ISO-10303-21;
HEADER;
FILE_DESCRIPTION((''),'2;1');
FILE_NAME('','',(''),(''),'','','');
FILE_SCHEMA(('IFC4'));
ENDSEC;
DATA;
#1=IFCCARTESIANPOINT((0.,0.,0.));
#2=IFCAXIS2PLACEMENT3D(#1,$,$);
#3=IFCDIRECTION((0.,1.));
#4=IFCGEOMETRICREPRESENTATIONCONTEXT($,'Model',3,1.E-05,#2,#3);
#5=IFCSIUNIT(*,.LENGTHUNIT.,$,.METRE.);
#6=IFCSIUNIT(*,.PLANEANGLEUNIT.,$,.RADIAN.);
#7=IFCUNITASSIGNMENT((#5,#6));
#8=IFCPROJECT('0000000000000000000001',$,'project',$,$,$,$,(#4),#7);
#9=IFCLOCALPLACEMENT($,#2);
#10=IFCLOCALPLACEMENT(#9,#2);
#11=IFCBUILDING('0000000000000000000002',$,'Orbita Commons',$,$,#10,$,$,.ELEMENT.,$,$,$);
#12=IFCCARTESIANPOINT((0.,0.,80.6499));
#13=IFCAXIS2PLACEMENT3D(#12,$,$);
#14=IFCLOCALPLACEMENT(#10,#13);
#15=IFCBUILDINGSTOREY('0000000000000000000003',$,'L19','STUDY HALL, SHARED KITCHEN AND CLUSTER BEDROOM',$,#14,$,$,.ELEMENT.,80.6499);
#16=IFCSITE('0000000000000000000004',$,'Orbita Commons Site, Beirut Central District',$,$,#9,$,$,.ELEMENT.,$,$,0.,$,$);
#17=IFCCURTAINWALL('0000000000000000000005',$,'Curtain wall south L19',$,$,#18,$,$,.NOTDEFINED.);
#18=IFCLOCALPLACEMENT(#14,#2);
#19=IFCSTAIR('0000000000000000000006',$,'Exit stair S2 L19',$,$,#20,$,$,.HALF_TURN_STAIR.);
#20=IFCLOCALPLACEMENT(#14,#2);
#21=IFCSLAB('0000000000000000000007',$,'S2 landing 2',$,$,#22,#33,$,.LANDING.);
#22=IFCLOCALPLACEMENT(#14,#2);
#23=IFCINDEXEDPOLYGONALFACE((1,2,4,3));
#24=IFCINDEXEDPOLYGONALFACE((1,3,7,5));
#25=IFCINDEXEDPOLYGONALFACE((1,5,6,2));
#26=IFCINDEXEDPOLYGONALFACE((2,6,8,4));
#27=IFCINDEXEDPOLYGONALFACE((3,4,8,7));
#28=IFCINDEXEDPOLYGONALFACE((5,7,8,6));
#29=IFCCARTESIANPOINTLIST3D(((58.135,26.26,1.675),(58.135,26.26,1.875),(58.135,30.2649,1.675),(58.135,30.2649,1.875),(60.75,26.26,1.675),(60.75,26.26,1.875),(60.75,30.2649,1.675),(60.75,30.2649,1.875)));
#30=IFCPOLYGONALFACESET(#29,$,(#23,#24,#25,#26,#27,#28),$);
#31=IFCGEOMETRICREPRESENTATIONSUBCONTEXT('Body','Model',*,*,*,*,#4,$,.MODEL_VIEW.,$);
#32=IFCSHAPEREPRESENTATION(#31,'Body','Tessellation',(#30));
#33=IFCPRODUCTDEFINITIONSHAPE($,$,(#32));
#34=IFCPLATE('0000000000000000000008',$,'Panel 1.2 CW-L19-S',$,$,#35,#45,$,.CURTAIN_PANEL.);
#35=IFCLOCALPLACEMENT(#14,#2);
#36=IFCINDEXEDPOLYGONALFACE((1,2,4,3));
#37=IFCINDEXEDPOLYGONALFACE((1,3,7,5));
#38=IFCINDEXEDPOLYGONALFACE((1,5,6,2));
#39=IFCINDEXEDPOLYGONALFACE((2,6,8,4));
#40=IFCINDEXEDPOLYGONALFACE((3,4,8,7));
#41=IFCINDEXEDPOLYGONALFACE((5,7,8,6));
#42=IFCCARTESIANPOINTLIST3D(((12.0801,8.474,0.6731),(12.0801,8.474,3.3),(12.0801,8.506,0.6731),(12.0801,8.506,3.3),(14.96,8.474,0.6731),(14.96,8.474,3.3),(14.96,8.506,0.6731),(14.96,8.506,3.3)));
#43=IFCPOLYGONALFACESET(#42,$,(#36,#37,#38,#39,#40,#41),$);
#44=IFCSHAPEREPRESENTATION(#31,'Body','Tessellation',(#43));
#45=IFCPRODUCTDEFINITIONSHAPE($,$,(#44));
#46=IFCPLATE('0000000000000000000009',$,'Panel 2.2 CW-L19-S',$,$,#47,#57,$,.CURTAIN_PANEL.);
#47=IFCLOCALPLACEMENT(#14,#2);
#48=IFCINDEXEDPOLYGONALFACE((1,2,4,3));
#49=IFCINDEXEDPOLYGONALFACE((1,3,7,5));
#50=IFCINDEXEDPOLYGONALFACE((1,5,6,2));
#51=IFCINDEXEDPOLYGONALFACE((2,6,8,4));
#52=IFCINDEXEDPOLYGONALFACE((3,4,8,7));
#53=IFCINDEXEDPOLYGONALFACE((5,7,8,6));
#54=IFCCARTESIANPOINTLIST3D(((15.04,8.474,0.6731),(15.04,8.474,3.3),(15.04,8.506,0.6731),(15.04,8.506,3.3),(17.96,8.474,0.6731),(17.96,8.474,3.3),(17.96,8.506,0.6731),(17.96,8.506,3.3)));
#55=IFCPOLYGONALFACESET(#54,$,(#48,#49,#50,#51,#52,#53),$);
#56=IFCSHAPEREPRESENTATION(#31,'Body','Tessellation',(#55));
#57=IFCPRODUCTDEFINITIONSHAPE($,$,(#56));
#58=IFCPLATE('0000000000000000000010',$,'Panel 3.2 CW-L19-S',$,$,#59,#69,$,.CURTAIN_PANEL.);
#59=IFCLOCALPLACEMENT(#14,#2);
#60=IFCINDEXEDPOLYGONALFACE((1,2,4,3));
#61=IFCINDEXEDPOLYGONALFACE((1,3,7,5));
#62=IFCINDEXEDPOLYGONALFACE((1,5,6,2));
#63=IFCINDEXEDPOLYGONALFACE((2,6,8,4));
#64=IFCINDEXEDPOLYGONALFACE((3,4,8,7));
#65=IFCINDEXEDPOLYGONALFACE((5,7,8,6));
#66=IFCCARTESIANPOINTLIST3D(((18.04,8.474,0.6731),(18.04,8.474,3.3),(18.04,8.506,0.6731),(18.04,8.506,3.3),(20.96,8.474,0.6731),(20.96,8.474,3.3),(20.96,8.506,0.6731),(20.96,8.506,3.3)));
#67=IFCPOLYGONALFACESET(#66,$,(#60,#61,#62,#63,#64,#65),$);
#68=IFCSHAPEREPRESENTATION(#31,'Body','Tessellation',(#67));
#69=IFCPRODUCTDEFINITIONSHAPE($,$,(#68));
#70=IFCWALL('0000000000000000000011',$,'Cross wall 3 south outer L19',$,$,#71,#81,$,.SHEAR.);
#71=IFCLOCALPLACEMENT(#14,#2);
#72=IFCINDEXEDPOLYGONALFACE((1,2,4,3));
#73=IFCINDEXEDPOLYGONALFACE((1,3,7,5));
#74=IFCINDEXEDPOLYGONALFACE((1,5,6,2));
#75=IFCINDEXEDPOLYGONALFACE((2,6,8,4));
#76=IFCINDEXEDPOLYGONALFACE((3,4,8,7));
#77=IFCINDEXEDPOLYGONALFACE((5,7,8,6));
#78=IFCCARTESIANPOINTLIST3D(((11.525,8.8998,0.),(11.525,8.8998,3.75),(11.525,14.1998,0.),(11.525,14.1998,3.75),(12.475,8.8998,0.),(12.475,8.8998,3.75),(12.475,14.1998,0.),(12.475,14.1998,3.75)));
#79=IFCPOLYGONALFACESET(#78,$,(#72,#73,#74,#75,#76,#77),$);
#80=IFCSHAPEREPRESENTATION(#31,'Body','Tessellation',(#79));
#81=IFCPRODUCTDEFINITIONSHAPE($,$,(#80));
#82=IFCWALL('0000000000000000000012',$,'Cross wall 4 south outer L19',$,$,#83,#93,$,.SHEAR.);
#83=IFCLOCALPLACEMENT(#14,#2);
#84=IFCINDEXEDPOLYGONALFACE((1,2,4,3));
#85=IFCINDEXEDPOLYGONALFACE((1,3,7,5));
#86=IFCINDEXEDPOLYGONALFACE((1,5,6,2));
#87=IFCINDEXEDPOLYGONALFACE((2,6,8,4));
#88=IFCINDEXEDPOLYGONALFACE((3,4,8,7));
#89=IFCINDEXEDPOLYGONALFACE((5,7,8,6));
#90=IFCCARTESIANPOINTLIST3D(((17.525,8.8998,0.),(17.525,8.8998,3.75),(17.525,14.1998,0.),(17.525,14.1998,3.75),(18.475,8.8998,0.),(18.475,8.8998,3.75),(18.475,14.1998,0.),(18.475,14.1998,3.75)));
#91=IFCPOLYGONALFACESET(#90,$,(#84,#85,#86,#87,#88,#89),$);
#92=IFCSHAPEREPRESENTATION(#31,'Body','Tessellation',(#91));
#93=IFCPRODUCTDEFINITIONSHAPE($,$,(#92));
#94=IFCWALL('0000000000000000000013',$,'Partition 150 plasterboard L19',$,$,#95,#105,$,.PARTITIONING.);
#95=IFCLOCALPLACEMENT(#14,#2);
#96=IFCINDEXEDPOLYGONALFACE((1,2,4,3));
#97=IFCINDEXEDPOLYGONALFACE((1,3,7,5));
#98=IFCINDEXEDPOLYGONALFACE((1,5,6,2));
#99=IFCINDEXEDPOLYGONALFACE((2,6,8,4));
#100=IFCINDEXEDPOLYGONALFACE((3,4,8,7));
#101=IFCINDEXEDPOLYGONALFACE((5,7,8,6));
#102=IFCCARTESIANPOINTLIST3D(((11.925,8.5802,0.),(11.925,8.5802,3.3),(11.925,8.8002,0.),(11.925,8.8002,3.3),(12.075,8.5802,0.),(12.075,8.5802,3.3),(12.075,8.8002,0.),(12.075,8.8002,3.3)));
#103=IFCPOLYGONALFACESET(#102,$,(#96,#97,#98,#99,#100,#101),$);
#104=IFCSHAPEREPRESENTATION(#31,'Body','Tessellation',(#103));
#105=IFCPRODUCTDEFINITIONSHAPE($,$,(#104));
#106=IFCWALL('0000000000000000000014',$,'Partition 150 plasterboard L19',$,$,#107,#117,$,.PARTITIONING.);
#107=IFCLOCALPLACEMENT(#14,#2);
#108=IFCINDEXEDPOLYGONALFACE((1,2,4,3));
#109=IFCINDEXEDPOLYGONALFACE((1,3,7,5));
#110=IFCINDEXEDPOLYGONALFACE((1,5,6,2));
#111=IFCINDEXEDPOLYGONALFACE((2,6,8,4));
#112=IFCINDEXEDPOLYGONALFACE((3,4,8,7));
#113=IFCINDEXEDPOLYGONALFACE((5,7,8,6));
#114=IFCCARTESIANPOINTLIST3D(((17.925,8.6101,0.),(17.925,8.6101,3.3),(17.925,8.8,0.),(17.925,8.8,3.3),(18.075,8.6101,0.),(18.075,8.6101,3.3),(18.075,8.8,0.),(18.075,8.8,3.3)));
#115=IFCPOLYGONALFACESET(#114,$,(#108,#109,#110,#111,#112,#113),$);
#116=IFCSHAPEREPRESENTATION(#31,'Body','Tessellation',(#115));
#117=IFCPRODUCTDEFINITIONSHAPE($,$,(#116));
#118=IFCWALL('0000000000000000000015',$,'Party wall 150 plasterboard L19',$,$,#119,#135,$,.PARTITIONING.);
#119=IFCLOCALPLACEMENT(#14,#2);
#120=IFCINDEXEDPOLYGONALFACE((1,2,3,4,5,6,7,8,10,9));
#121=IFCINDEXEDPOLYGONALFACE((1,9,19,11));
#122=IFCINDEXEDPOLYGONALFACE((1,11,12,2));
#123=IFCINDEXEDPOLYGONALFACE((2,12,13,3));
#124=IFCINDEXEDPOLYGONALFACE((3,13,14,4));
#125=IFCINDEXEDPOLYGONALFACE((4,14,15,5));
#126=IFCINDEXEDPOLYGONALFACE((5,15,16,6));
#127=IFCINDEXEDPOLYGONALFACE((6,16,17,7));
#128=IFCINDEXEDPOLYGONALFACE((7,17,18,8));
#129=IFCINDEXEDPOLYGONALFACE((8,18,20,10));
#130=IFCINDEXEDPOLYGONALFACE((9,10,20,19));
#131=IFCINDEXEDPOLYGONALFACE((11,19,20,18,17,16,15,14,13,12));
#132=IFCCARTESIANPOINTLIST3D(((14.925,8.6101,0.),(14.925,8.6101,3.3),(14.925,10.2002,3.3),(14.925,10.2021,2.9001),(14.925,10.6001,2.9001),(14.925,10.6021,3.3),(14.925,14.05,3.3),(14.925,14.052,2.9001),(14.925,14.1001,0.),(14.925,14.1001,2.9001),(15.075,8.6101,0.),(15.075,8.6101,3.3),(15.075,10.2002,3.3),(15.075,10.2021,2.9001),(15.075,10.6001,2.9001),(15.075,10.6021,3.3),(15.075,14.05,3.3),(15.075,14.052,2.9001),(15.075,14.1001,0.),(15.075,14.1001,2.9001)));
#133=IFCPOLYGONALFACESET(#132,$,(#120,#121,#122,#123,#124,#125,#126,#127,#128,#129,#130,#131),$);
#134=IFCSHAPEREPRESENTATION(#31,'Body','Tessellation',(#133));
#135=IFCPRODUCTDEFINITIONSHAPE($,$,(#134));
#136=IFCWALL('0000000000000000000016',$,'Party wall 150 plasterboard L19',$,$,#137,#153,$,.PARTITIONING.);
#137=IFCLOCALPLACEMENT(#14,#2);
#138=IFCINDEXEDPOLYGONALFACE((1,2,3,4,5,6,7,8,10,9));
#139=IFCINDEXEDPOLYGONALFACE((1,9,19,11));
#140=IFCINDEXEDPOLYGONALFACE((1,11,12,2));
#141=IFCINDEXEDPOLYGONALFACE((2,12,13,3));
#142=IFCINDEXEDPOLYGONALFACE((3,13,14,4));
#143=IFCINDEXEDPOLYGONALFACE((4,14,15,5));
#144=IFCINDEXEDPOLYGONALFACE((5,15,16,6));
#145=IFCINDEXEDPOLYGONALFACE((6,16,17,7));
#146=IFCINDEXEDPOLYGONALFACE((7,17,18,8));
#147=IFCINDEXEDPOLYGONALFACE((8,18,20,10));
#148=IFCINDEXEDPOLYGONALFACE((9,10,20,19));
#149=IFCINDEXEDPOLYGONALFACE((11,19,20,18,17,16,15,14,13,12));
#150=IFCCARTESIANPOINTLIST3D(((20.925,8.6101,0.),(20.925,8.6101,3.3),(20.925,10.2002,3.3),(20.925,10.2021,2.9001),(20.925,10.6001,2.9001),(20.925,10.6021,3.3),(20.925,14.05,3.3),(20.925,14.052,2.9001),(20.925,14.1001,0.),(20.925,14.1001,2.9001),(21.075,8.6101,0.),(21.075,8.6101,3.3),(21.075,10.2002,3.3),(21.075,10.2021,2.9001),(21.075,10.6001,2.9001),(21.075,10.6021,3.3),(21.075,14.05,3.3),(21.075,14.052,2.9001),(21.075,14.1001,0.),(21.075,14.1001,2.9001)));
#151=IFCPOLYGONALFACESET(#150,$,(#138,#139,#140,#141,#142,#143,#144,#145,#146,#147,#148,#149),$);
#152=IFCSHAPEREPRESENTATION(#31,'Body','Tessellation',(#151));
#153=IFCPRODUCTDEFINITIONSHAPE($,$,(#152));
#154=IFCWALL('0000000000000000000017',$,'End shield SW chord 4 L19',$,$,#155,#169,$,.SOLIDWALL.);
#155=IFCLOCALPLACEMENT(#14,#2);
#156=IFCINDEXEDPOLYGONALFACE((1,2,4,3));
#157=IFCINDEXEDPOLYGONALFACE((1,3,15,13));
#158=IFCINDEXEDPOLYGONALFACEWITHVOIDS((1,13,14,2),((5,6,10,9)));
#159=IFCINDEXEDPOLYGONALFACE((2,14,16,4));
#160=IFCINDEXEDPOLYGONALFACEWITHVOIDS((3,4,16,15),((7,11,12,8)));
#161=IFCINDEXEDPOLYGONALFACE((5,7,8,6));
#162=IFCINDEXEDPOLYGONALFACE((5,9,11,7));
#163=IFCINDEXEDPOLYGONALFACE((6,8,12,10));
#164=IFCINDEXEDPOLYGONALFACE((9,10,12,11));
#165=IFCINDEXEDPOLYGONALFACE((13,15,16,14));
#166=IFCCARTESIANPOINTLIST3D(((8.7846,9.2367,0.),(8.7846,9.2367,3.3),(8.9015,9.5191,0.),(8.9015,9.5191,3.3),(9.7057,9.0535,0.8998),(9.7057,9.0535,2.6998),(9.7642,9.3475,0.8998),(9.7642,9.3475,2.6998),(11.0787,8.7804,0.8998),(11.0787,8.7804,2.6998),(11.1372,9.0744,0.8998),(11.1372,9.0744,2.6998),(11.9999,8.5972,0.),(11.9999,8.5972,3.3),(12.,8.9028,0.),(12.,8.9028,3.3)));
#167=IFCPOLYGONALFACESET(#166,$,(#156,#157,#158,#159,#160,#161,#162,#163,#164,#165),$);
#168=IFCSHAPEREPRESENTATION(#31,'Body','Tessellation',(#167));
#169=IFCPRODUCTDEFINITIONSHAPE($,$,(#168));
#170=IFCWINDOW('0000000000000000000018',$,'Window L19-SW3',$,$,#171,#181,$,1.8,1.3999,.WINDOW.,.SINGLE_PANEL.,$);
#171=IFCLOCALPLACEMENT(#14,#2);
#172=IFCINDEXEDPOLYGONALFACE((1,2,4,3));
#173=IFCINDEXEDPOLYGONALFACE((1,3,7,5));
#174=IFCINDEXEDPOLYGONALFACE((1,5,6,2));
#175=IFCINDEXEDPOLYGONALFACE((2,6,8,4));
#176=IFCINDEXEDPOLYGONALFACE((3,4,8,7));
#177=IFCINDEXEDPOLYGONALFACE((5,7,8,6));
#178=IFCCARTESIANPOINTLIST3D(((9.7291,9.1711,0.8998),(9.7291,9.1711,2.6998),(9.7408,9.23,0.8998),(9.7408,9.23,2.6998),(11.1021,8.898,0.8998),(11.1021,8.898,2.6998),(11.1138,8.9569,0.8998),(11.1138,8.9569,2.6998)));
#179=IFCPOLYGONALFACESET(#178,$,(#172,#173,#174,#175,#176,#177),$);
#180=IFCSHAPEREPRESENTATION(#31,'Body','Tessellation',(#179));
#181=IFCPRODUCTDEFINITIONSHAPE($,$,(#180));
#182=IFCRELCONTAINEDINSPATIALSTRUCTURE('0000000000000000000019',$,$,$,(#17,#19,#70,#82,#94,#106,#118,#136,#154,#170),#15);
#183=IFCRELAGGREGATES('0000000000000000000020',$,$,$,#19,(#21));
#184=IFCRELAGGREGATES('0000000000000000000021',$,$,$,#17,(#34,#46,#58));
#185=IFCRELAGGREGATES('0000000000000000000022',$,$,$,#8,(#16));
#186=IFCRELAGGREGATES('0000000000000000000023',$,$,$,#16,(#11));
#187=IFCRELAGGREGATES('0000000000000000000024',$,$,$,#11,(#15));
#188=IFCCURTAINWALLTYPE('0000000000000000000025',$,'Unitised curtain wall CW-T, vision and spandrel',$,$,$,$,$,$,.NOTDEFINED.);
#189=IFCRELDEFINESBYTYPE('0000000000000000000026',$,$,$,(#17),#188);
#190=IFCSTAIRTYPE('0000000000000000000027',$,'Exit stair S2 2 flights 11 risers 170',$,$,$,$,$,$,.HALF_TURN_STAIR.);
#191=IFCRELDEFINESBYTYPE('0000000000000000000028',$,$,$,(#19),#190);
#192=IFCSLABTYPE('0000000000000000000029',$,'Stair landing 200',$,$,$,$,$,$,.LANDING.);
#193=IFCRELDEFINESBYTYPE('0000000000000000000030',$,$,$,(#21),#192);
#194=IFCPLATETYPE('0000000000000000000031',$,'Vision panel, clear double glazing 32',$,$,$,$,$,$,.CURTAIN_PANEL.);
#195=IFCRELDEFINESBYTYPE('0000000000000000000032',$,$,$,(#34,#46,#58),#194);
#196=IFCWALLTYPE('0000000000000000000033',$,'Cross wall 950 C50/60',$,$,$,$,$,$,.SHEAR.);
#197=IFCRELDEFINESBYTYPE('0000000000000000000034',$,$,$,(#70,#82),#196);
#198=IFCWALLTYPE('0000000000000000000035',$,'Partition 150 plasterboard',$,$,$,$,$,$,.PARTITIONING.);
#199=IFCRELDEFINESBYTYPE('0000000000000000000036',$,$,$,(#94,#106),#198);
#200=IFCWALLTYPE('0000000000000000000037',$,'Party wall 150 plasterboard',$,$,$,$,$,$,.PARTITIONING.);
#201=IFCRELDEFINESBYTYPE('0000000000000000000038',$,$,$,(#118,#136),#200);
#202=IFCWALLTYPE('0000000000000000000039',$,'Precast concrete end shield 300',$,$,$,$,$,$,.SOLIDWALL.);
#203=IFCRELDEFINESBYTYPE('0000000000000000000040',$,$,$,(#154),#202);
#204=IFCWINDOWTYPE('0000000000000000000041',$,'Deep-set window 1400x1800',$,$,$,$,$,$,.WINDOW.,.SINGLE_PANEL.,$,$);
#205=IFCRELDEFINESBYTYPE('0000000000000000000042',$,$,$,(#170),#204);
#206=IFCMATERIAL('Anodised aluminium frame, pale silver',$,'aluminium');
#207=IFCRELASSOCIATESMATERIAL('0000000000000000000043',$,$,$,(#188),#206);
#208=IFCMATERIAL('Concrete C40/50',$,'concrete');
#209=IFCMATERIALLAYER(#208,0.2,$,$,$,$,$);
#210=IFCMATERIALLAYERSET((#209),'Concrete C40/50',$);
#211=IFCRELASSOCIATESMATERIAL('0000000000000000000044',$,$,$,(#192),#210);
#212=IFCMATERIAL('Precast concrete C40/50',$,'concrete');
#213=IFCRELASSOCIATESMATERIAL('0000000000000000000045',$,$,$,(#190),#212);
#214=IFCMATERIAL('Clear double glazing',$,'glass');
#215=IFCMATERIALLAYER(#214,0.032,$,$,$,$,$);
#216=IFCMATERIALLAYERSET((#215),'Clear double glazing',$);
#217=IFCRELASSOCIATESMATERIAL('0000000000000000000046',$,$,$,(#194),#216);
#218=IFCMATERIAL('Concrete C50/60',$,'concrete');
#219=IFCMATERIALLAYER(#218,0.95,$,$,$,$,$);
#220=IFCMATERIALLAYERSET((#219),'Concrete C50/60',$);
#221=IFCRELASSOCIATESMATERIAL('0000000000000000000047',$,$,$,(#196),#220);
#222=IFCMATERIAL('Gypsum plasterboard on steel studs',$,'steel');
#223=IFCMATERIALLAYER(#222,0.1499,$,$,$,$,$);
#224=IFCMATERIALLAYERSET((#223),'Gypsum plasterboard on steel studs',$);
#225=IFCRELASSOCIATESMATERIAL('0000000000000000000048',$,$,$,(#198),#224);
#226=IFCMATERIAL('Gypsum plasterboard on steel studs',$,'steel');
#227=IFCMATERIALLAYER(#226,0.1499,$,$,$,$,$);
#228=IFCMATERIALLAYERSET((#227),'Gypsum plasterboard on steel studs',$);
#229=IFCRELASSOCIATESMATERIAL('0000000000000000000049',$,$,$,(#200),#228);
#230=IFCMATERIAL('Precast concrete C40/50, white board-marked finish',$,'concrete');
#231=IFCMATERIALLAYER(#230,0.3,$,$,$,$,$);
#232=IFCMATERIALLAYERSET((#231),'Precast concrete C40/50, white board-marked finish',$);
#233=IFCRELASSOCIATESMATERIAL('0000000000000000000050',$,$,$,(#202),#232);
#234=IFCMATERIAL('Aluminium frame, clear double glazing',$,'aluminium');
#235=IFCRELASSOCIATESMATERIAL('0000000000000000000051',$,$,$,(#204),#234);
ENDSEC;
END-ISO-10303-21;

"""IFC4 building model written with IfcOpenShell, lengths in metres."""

from ifc_helpers import new_model, si_unit, direction, frame, frame_2d, origin, origin_2d, place, context, subcontext, project, spatial, polyline, rectangle, outline, extrude, material, layer, layer_set, type_object, element, fill, aggregate, save


model = new_model("IFC4")

# Units and contexts
model_context = context("Model", 3, precision=1e-05, world=origin(), true_north=direction((0.0, 1.0)))
body_context = subcontext(model_context, "Body", "Model", "MODEL_VIEW")
ifc_project = project(units=[si_unit("LENGTHUNIT", "METRE"), si_unit("PLANEANGLEUNIT", "RADIAN")], contexts=[model_context])

# Site, building, storey
site_placement = place(None, origin())
site = spatial("IfcSite", under=ifc_project, at=site_placement, Name="Orbita Commons Site, Beirut Central District", CompositionType="ELEMENT", RefElevation=0.0)
building_placement = place(site_placement, origin())
building = spatial("IfcBuilding", under=site, at=building_placement, Name="Orbita Commons", CompositionType="ELEMENT")
storey_placement = place(building_placement, frame((0.0, 0.0, 80.6499)))
storey = spatial("IfcBuildingStorey", under=building, at=storey_placement, Name="L19", Description="STUDY HALL, SHARED KITCHEN AND CLUSTER BEDROOM", CompositionType="ELEMENT", Elevation=80.6499)

# Curtain wall
ifc_material_1 = material(Name="Anodised aluminium frame, pale silver", Category="aluminium")
curtain_wall_type = type_object("IfcCurtainWallType", Name="Unitised curtain wall CW-T, vision and spandrel", PredefinedType="NOTDEFINED", material=ifc_material_1)
curtain_wall_placement = place(storey_placement, origin())
curtain_wall = element("IfcCurtainWall", 1, at=curtain_wall_placement, inside=storey, type_object=curtain_wall_type, Name="Curtain wall south L19", PredefinedType="NOTDEFINED")

# Stair, slab
ifc_material_2 = material(Name="Concrete C40/50", Category="concrete")
ifc_layer_1 = layer(ifc_material_2, 0.2)
ifc_layer_set_1 = layer_set([ifc_layer_1], Name="Concrete C40/50")
slab_type_1 = type_object("IfcSlabType", Name="Stair landing 200", PredefinedType="LANDING", material=ifc_layer_set_1)
ifc_material_3 = material(Name="Precast concrete C40/50", Category="concrete")
stair_type_1 = type_object("IfcStairType", Name="Exit stair S2 2 flights 11 risers 170", PredefinedType="HALF_TURN_STAIR", material=ifc_material_3)
stair_1_placement = place(storey_placement, origin())
stair_1 = element("IfcStair", 2, at=stair_1_placement, inside=storey, type_object=stair_type_1, Name="Exit stair S2 L19", PredefinedType="HALF_TURN_STAIR")
slab_1_placement = place(storey_placement, frame((0.0, 0.0, 1.675)))
slab_1 = element("IfcSlab", 3, at=slab_1_placement, type_object=slab_type_1, Name="S2 landing 2", PredefinedType="LANDING", context=body_context, shape_type="SweptSolid", body=[
    extrude(outline(polyline([(58.135, 26.26), (60.75, 26.26), (60.75, 30.2649), (58.135, 30.2649), (58.135, 26.26)])), origin(), (0.0, 0.0, 1.0), 0.2),
])
aggregate(stair_1, [slab_1])

# Plates
ifc_material_4 = material(Name="Clear double glazing", Category="glass")
ifc_layer_2 = layer(ifc_material_4, 0.032)
ifc_layer_set_2 = layer_set([ifc_layer_2], Name="Clear double glazing")
plate_type_1 = type_object("IfcPlateType", Name="Vision panel, clear double glazing 32", PredefinedType="CURTAIN_PANEL", material=ifc_layer_set_2)
plate_1_placement = place(storey_placement, frame((13.52, 8.49, 0.6731), z_axis=(0.0, 0.0, 1.0), x_axis=(1.0, 0.0, 0.0)))
plate_1 = element("IfcPlate", 4, at=plate_1_placement, type_object=plate_type_1, Name="Panel 1.2 CW-L19-S", PredefinedType="CURTAIN_PANEL", context=body_context, shape_type="SweptSolid", body=[
    extrude(rectangle(XDim=2.8799, YDim=0.032, at=origin_2d()), origin(), (0.0, 0.0, 1.0), 2.627),
])
plate_2_placement = place(storey_placement, frame((16.5, 8.49, 0.6731), z_axis=(0.0, 0.0, 1.0), x_axis=(1.0, 0.0, 0.0)))
plate_2 = element("IfcPlate", 5, at=plate_2_placement, type_object=plate_type_1, Name="Panel 2.2 CW-L19-S", PredefinedType="CURTAIN_PANEL", context=body_context, shape_type="SweptSolid", body=[
    extrude(rectangle(XDim=2.9199, YDim=0.032, at=origin_2d()), origin(), (0.0, 0.0, 1.0), 2.627),
])
plate_3_placement = place(storey_placement, frame((19.5, 8.49, 0.6731), z_axis=(0.0, 0.0, 1.0), x_axis=(1.0, 0.0, 0.0)))
plate_3 = element("IfcPlate", 6, at=plate_3_placement, type_object=plate_type_1, Name="Panel 3.2 CW-L19-S", PredefinedType="CURTAIN_PANEL", context=body_context, shape_type="SweptSolid", body=[
    extrude(rectangle(XDim=2.9199, YDim=0.032, at=origin_2d()), origin(), (0.0, 0.0, 1.0), 2.627),
])
aggregate(curtain_wall, [plate_1, plate_2, plate_3])

# Walls
ifc_material_5 = material(Name="Concrete C50/60", Category="concrete")
ifc_layer_3 = layer(ifc_material_5, 0.95)
ifc_layer_set_3 = layer_set([ifc_layer_3], Name="Concrete C50/60")
wall_type_1 = type_object("IfcWallType", Name="Cross wall 950 C50/60", PredefinedType="SHEAR", material=ifc_layer_set_3)
for number, where, z_axis, x_axis, name in (
    (7, (12.0, 8.8999, 0.0), (0.0, 0.0, 1.0), (0.0, 1.0, 0.0), "Cross wall 3 south outer L19"),
    (8, (18.0, 8.8999, 0.0), (0.0, 0.0, 1.0), (0.0, 1.0, 0.0), "Cross wall 4 south outer L19"),
):
    element("IfcWall", number, at=place(storey_placement, frame(where, z_axis=z_axis, x_axis=x_axis)), inside=storey, type_object=wall_type_1, Name=name, PredefinedType="SHEAR", context=body_context, shape_type="SweptSolid", body=[
        extrude(rectangle(XDim=5.3, YDim=0.95, at=frame_2d((2.6499, 0.0))), origin(), (0.0, 0.0, 1.0), 3.75),
    ])
ifc_material_6 = material(Name="Gypsum plasterboard on steel studs", Category="steel")
ifc_layer_4 = layer(ifc_material_6, 0.1499)
ifc_layer_set_4 = layer_set([ifc_layer_4], Name="Gypsum plasterboard on steel studs")
wall_type_2 = type_object("IfcWallType", Name="Partition 150 plasterboard", PredefinedType="PARTITIONING", material=ifc_layer_set_4)
wall_1_placement = place(storey_placement, frame((12.0, 8.8, 0.0), z_axis=(0.0, 0.0, 1.0), x_axis=(0.0, -1.0, 0.0)))
element("IfcWall", 9, at=wall_1_placement, inside=storey, type_object=wall_type_2, Name="Partition 150 plasterboard L19", PredefinedType="PARTITIONING", context=body_context, shape_type="SweptSolid", body=[
    extrude(rectangle(XDim=0.22, YDim=0.1499, at=frame_2d((0.1099, 0.0))), origin(), (0.0, 0.0, 1.0), 3.3),
])
wall_2_placement = place(storey_placement, frame((18.0, 8.8, 0.0), z_axis=(0.0, 0.0, 1.0), x_axis=(0.0, -1.0, 0.0)))
element("IfcWall", 10, at=wall_2_placement, inside=storey, type_object=wall_type_2, Name="Partition 150 plasterboard L19", PredefinedType="PARTITIONING", context=body_context, shape_type="SweptSolid", body=[
    extrude(rectangle(XDim=0.1899, YDim=0.1499, at=frame_2d((0.095, 0.0))), origin(), (0.0, 0.0, 1.0), 3.3),
])
ifc_material_7 = material(Name="Gypsum plasterboard on steel studs", Category="steel")
ifc_layer_5 = layer(ifc_material_7, 0.1499)
ifc_layer_set_5 = layer_set([ifc_layer_5], Name="Gypsum plasterboard on steel studs")
wall_type_3 = type_object("IfcWallType", Name="Party wall 150 plasterboard", PredefinedType="PARTITIONING", material=ifc_layer_set_5)
for number, where, z_axis, x_axis, name in (
    (11, (15.0, 8.6101, 0.0), (0.0, 0.0, 1.0), (0.0, 1.0, 0.0), "Party wall 150 plasterboard L19"),
    (12, (21.0, 8.6101, 0.0), (0.0, 0.0, 1.0), (0.0, 1.0, 0.0), "Party wall 150 plasterboard L19"),
):
    element("IfcWall", number, at=place(storey_placement, frame(where, z_axis=z_axis, x_axis=x_axis)), inside=storey, type_object=wall_type_3, Name=name, PredefinedType="PARTITIONING", context=body_context, shape_type="SweptSolid", body=[
        extrude(outline(polyline([(0.0, 0.0), (5.49, 0.0), (5.49, 2.9001), (5.4419, 2.9001), (5.4399, 3.3), (1.9919, 3.3), (1.99, 2.9001), (1.592, 2.9001), (1.5901, 3.3), (0.0, 3.3), (0.0, 0.0)])), frame((0.0, 0.075, 0.0), z_axis=(0.0, -1.0, 0.0), x_axis=(1.0, 0.0, 0.0)), (0.0, 0.0, 1.0), 0.1499),
    ])

# Wall, opening, window
ifc_material_8 = material(Name="Precast concrete C40/50, white board-marked finish", Category="concrete")
ifc_layer_6 = layer(ifc_material_8, 0.3)
ifc_layer_set_6 = layer_set([ifc_layer_6], Name="Precast concrete C40/50, white board-marked finish")
wall_type_4 = type_object("IfcWallType", Name="Precast concrete end shield 300", PredefinedType="SOLIDWALL", material=ifc_layer_set_6)
wall_3_placement = place(storey_placement, frame((8.843, 9.3779, 0.0), z_axis=(0.0, 0.0, 1.0), x_axis=(0.980787, -0.19508, 0.0)))
wall_3 = element("IfcWall", 13, at=wall_3_placement, inside=storey, type_object=wall_type_4, Name="End shield SW chord 4 L19", PredefinedType="SOLIDWALL", context=body_context, shape_type="SweptSolid", body=[
    extrude(outline(polyline([(-0.0298, -0.1499), (3.2485, -0.1499), (3.189, 0.1499), (0.0298, 0.1499), (-0.0298, -0.1499)])), origin(), (0.0, 0.0, 1.0), 3.3),
])
opening_placement = place(wall_3_placement, frame((0.9094, 0.0, 0.8999)))
opening = element("IfcOpeningElement", 14, at=opening_placement, cuts=wall_3, PredefinedType="OPENING", context=body_context, shape_type="SweptSolid", body=[
    extrude(rectangle(XDim=1.3999, YDim=1.8, at=frame_2d((0.7, 0.8999))), frame((0.0, 0.1599, 0.0), z_axis=(0.0, -1.0, 0.0), x_axis=(1.0, 0.0, 0.0)), (0.0, 0.0, 1.0), 0.3201),
])
ifc_material_9 = material(Name="Aluminium frame, clear double glazing", Category="aluminium")
window_type = type_object("IfcWindowType", Name="Deep-set window 1400x1800", PartitioningType="SINGLE_PANEL", PredefinedType="WINDOW", material=ifc_material_9)
window_placement = place(opening_placement, origin())
window = element("IfcWindow", 15, at=window_placement, inside=storey, type_object=window_type, Name="Window L19-SW3", OverallHeight=1.8, OverallWidth=1.3999, PartitioningType="SINGLE_PANEL", PredefinedType="WINDOW", context=body_context, shape_type="SweptSolid", body=[
    extrude(rectangle(XDim=1.3999, YDim=1.8, at=frame_2d((0.7, 0.8999))), frame((0.0, 0.03, 0.0), z_axis=(0.0, -1.0, 0.0), x_axis=(1.0, 0.0, 0.0)), (0.0, 0.0, 1.0), 0.0601),
])
fill(opening, window)

save(model, "model.ifc")
